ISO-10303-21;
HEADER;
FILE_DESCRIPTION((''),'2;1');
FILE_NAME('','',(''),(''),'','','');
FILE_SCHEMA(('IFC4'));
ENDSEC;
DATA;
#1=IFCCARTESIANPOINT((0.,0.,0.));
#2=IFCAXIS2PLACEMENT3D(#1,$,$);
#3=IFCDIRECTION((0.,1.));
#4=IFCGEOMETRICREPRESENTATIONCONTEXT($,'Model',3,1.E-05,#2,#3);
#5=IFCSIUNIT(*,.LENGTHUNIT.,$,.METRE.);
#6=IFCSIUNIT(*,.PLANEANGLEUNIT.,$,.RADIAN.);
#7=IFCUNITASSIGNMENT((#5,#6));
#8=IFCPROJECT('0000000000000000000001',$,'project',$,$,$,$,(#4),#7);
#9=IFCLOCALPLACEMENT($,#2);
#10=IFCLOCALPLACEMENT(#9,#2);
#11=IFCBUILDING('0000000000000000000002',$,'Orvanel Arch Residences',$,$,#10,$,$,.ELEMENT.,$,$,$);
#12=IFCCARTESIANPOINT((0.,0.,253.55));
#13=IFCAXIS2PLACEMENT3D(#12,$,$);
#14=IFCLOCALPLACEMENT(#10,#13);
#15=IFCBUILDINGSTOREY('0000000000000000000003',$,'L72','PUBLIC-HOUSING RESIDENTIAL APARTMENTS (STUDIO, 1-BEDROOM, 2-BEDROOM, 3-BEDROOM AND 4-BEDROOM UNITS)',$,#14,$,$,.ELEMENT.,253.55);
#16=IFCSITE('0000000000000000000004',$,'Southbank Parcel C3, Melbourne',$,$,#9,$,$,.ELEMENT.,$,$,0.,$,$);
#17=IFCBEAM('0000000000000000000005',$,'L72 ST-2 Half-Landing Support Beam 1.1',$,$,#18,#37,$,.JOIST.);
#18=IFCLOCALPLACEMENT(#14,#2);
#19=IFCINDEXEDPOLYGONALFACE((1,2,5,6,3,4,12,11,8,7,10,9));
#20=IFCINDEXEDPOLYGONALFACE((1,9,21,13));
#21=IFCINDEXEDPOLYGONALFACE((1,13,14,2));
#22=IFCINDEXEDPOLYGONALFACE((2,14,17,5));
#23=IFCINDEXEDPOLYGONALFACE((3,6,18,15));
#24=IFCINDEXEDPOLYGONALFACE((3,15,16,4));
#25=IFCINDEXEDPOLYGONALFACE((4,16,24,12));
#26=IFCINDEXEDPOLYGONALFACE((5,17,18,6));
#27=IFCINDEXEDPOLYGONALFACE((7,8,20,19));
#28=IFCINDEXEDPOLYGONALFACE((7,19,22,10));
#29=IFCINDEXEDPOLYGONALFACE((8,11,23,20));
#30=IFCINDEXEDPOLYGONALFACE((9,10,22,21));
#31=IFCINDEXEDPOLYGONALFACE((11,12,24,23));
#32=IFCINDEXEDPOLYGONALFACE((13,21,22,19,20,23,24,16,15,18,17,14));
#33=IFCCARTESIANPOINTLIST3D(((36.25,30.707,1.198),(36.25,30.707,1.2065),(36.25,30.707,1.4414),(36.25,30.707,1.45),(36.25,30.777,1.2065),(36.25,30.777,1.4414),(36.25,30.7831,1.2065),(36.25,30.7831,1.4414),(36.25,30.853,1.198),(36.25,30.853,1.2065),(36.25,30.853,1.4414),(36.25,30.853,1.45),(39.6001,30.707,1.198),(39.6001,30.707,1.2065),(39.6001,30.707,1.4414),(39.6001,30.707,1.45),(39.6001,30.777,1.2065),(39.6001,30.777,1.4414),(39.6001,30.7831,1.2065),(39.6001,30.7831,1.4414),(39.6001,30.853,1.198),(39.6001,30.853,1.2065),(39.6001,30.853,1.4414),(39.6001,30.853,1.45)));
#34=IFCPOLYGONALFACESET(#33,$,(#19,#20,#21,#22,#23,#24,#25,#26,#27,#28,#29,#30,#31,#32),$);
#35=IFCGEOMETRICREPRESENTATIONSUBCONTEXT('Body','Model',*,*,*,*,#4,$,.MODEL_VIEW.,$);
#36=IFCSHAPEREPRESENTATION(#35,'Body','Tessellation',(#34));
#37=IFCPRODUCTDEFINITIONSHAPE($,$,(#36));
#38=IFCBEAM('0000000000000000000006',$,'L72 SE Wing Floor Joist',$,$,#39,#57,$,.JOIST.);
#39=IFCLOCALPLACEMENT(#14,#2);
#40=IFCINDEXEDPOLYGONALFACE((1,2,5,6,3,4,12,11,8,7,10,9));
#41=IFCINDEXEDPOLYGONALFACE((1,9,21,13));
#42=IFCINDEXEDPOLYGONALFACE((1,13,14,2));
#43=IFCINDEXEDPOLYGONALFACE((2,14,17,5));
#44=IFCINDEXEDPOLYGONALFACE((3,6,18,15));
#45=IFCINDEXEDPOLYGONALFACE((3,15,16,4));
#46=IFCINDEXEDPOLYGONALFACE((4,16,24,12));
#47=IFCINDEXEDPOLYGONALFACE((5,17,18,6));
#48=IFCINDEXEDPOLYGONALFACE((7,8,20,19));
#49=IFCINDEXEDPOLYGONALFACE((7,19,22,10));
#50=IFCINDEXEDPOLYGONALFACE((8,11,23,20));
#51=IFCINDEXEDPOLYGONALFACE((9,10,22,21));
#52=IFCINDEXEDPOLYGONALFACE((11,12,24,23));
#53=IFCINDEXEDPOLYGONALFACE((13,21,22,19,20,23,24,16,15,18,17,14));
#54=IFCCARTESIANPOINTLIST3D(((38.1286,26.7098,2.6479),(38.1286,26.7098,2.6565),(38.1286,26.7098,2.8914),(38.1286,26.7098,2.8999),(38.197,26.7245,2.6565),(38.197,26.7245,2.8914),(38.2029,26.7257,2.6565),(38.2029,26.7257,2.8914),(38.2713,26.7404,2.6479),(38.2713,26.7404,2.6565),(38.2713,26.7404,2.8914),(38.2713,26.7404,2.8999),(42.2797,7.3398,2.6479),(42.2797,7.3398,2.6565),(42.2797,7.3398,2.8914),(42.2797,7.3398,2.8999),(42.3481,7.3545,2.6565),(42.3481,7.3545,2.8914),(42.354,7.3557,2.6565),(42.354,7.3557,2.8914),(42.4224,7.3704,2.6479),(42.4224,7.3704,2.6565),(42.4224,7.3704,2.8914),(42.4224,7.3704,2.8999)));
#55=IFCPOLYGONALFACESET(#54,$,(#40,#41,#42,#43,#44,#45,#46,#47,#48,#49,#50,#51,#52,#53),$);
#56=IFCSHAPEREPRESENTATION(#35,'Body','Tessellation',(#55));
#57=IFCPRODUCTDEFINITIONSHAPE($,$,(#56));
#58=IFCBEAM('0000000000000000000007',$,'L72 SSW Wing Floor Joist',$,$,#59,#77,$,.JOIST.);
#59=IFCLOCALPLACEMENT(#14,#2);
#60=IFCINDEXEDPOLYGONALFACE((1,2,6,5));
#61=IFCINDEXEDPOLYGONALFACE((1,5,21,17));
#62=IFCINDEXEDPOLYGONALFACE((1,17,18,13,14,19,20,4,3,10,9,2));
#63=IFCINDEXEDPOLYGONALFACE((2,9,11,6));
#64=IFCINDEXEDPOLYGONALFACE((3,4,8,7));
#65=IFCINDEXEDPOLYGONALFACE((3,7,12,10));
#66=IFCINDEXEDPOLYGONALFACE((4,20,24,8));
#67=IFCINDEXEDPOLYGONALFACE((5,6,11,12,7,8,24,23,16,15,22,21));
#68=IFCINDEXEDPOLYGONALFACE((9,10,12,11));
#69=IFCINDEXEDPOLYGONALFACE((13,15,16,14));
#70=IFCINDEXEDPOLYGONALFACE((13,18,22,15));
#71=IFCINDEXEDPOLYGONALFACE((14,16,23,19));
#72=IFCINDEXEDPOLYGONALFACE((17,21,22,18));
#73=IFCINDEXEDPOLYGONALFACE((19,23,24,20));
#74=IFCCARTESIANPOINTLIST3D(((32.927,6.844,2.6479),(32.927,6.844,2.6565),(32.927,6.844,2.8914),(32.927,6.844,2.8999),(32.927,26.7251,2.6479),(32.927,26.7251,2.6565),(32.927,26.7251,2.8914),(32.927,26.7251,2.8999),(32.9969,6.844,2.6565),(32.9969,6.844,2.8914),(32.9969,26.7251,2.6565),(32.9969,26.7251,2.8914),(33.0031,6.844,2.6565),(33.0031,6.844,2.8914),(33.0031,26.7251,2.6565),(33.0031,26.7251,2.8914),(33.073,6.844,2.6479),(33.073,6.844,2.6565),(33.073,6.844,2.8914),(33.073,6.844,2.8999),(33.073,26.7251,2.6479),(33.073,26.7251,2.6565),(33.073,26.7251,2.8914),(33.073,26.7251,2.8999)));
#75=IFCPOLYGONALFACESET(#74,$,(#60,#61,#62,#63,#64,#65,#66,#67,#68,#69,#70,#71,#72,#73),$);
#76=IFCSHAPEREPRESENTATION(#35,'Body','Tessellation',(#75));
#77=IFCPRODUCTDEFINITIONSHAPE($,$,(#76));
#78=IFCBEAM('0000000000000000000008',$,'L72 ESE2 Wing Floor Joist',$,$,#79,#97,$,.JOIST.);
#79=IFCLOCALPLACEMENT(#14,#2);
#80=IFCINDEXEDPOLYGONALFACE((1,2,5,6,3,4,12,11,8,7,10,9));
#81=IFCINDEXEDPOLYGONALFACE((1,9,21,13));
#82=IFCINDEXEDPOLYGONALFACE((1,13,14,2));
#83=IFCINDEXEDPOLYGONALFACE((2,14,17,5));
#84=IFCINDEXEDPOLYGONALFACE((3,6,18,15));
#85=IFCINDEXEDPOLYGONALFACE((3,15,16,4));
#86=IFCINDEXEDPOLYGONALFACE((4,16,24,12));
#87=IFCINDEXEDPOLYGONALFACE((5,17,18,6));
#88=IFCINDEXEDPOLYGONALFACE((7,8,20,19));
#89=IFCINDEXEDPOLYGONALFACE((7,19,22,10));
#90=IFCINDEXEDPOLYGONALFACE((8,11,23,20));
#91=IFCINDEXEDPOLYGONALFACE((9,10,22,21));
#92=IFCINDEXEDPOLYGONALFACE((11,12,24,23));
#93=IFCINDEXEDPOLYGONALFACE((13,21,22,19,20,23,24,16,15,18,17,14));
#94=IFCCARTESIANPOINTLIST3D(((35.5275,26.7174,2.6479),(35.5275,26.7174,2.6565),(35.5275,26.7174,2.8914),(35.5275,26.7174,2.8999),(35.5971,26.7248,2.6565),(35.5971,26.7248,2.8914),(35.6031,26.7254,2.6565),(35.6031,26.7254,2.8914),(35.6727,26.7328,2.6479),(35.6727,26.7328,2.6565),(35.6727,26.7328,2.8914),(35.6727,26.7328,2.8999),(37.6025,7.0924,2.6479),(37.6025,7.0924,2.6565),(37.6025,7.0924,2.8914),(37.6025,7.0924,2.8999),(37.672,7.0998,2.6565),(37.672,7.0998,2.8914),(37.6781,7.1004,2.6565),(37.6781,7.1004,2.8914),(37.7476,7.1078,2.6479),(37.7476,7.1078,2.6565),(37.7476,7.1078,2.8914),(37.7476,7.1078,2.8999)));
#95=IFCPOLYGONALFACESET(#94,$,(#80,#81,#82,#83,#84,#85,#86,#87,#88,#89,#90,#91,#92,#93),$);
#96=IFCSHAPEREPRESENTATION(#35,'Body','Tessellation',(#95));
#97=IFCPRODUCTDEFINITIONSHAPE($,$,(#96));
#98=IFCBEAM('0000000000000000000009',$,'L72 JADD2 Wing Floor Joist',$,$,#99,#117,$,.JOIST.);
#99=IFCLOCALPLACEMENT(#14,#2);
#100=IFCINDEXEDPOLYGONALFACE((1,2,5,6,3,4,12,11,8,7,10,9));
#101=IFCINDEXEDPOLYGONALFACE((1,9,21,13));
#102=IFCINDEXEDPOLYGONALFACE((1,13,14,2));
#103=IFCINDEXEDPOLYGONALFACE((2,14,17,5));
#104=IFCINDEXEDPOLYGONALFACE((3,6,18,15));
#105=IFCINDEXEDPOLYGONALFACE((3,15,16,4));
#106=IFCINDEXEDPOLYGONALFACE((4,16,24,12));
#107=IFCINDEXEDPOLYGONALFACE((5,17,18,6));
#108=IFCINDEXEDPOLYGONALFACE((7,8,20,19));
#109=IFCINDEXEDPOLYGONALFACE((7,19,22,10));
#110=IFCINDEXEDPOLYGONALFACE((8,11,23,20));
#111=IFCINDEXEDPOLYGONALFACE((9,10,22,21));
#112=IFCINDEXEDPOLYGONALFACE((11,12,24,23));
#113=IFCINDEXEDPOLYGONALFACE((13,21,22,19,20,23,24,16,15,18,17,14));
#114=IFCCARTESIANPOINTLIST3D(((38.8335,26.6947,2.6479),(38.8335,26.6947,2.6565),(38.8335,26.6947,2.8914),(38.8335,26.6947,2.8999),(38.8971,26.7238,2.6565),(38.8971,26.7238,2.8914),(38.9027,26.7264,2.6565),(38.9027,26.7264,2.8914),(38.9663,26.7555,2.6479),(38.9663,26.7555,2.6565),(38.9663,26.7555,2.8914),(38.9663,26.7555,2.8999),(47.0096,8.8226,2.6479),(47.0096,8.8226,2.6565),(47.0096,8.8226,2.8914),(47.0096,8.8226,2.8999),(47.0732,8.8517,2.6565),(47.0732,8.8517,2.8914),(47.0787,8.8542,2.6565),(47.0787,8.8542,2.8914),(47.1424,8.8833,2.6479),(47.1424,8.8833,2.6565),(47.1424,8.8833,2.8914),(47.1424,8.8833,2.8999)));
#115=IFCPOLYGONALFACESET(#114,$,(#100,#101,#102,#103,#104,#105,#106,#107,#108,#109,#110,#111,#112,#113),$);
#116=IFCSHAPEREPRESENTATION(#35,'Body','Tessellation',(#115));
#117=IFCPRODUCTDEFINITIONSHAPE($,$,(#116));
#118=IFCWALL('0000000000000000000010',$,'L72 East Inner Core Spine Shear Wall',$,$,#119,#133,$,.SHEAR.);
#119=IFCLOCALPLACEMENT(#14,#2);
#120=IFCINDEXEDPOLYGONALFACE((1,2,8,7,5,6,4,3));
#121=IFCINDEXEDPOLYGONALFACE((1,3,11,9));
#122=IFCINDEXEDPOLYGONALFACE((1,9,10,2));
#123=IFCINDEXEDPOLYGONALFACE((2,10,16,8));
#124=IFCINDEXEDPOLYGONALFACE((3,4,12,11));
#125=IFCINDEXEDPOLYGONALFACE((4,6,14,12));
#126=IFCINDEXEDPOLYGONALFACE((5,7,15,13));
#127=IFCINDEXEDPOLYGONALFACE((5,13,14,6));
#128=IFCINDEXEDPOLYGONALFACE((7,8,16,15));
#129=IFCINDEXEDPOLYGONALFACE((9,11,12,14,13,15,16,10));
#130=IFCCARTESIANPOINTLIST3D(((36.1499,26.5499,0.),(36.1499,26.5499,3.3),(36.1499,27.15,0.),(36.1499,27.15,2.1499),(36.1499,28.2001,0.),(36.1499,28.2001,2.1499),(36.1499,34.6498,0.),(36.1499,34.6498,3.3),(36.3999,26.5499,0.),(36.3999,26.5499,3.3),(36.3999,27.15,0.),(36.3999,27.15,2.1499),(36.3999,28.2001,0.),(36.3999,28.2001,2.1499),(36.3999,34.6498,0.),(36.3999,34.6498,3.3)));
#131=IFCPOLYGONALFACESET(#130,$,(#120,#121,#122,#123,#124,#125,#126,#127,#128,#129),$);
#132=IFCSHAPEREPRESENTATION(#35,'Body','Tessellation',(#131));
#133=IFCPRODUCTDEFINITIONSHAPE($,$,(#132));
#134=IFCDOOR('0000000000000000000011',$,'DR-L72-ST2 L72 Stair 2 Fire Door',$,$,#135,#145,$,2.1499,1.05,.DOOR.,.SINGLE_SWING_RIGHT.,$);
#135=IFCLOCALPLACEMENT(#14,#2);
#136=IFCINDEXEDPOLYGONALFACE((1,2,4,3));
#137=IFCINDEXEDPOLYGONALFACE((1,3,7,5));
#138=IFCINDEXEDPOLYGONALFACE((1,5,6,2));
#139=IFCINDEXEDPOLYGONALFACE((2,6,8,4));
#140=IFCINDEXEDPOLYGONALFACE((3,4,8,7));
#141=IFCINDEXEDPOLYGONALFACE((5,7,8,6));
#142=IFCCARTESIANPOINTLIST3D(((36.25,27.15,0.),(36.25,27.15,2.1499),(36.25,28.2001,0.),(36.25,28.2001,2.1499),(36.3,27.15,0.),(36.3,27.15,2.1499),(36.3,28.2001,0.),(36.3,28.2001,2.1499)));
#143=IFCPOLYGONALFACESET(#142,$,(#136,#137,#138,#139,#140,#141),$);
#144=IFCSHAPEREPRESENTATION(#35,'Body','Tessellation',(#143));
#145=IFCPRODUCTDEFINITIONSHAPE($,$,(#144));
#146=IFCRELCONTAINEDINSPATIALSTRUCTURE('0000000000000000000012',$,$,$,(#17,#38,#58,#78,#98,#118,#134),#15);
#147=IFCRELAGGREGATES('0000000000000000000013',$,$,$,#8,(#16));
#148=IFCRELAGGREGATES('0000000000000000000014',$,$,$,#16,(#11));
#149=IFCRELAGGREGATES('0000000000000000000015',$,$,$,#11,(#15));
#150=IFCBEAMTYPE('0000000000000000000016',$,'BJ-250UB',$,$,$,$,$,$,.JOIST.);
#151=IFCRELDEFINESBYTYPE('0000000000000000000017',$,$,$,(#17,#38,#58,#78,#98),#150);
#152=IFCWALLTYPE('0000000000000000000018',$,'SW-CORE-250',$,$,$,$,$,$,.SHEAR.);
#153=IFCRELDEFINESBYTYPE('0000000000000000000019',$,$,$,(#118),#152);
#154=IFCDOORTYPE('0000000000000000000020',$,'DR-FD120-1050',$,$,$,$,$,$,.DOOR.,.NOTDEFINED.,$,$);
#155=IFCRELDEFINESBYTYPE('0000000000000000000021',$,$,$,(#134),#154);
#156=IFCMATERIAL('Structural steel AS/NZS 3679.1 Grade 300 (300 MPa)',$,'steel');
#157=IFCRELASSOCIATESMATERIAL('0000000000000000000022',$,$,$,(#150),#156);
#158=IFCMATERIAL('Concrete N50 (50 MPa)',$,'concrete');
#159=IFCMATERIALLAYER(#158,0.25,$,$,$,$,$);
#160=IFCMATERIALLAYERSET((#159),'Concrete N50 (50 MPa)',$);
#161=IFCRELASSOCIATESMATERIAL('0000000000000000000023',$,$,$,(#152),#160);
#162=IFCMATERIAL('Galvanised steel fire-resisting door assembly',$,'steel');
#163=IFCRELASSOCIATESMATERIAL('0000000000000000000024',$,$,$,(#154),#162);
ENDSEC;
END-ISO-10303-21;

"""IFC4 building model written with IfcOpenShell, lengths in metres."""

from ifc_helpers import new_model, si_unit, direction, frame, frame_2d, origin, origin_2d, place, context, subcontext, project, spatial, rectangle, i_section, extrude, material, layer, layer_set, material_profile, profile_set, type_object, element, fill, save


model = new_model("IFC4")

# Units and contexts
model_context = context("Model", 3, precision=1e-05, world=origin(), true_north=direction((0.0, 1.0)))
body_context = subcontext(model_context, "Body", "Model", "MODEL_VIEW")
ifc_project = project(units=[si_unit("LENGTHUNIT", "METRE"), si_unit("PLANEANGLEUNIT", "RADIAN")], contexts=[model_context])

# Site, building, storey
site_placement = place(None, origin())
site = spatial("IfcSite", under=ifc_project, at=site_placement, Name="Southbank Parcel C3, Melbourne", CompositionType="ELEMENT", RefElevation=0.0)
building_placement = place(site_placement, origin())
building = spatial("IfcBuilding", under=site, at=building_placement, Name="Orvanel Arch Residences", CompositionType="ELEMENT")
storey_placement = place(building_placement, frame((0.0, 0.0, 253.55)))
storey = spatial("IfcBuildingStorey", under=building, at=storey_placement, Name="L72", Description="PUBLIC-HOUSING RESIDENTIAL APARTMENTS (STUDIO, 1-BEDROOM, 2-BEDROOM, 3-BEDROOM AND 4-BEDROOM UNITS)", CompositionType="ELEMENT", Elevation=253.55)

# Beams
ifc_material_1 = material(Name="Structural steel AS/NZS 3679.1 Grade 300 (300 MPa)", Category="steel")
ifc_material_profile = material_profile(ifc_material_1, i_section(OverallWidth=0.146, OverallDepth=0.252, WebThickness=0.0061, FlangeThickness=0.0085, at=origin_2d()), Name="250UB31.4")
ifc_profile_set = profile_set([ifc_material_profile], Name="Structural steel AS/NZS 3679.1 Grade 300 (300 MPa)")
beam_type = type_object("IfcBeamType", Name="BJ-250UB", PredefinedType="JOIST", material=ifc_profile_set)
beam_1_placement = place(storey_placement, frame((36.25, 30.78, 1.324), z_axis=(1.0, 0.0, 0.0), x_axis=(0.0, 1.0, 0.0)))
element("IfcBeam", 1, at=beam_1_placement, inside=storey, type_object=beam_type, Name="L72 ST-2 Half-Landing Support Beam 1.1", PredefinedType="JOIST", context=body_context, shape_type="SweptSolid", body=[
    extrude(i_section(OverallWidth=0.146, OverallDepth=0.252, WebThickness=0.0061, FlangeThickness=0.0085, at=origin_2d()), origin(), (0.0, 0.0, 1.0), 3.3501),
])
beam_2_placement = place(storey_placement, frame((38.2, 26.7251, 2.7739), z_axis=(0.209548, -0.977798, 0.0), x_axis=(0.977798, 0.209548, 0.0)))
element("IfcBeam", 2, at=beam_2_placement, inside=storey, type_object=beam_type, Name="L72 SE Wing Floor Joist", PredefinedType="JOIST", context=body_context, shape_type="SweptSolid", body=[
    extrude(i_section(OverallWidth=0.146, OverallDepth=0.252, WebThickness=0.0061, FlangeThickness=0.0085, at=origin_2d()), origin(), (0.0, 0.0, 1.0), 19.8098),
])
beam_3_placement = place(storey_placement, frame((33.0, 26.7251, 2.7739), z_axis=(0.0, -1.0, 0.0), x_axis=(1.0, 0.0, 0.0)))
element("IfcBeam", 3, at=beam_3_placement, inside=storey, type_object=beam_type, Name="L72 SSW Wing Floor Joist", PredefinedType="JOIST", context=body_context, shape_type="SweptSolid", body=[
    extrude(i_section(OverallWidth=0.146, OverallDepth=0.252, WebThickness=0.0061, FlangeThickness=0.0085, at=origin_2d()), origin(), (0.0, 0.0, 1.0), 19.8811),
])
beam_4_placement = place(storey_placement, frame((35.6001, 26.7251, 2.7739), z_axis=(0.105144, -0.994457, 0.0), x_axis=(0.994457, 0.105144, 0.0)))
element("IfcBeam", 4, at=beam_4_placement, inside=storey, type_object=beam_type, Name="L72 ESE2 Wing Floor Joist", PredefinedType="JOIST", context=body_context, shape_type="SweptSolid", body=[
    extrude(i_section(OverallWidth=0.146, OverallDepth=0.252, WebThickness=0.0061, FlangeThickness=0.0085, at=origin_2d()), origin(), (0.0, 0.0, 1.0), 19.7344),
])
beam_5_placement = place(storey_placement, frame((38.8999, 26.7251, 2.7739), z_axis=(0.41601, -0.90936, 0.0), x_axis=(0.90936, 0.41601, 0.0)))
element("IfcBeam", 5, at=beam_5_placement, inside=storey, type_object=beam_type, Name="L72 JADD2 Wing Floor Joist", PredefinedType="JOIST", context=body_context, shape_type="SweptSolid", body=[
    extrude(i_section(OverallWidth=0.146, OverallDepth=0.252, WebThickness=0.0061, FlangeThickness=0.0085, at=origin_2d()), origin(), (0.0, 0.0, 1.0), 19.6536),
])

# Wall, opening, door
ifc_material_2 = material(Name="Concrete N50 (50 MPa)", Category="concrete")
ifc_layer_1 = layer(ifc_material_2, 0.25)
ifc_layer_set_1 = layer_set([ifc_layer_1], Name="Concrete N50 (50 MPa)")
wall_type_1 = type_object("IfcWallType", Name="SW-CORE-250", PredefinedType="SHEAR", material=ifc_layer_set_1)
wall_1_placement = place(storey_placement, frame((36.2749, 26.55, 0.0), z_axis=(0.0, 0.0, 1.0), x_axis=(0.0, 1.0, 0.0)))
wall_1 = element("IfcWall", 6, at=wall_1_placement, inside=storey, type_object=wall_type_1, Name="L72 East Inner Core Spine Shear Wall", PredefinedType="SHEAR", context=body_context, shape_type="SweptSolid", body=[
    extrude(rectangle(XDim=8.0999, YDim=0.25, at=frame_2d((4.0498, 0.0))), origin(), (0.0, 0.0, 1.0), 3.3),
])
opening_1_placement = place(wall_1_placement, frame((0.6001, 0.0, 0.0)))
opening_1 = element("IfcOpeningElement", 7, at=opening_1_placement, cuts=wall_1, PredefinedType="OPENING", context=body_context, shape_type="SweptSolid", body=[
    extrude(rectangle(XDim=1.05, YDim=2.1499, at=frame_2d((0.5249, 1.075))), frame((0.0, 0.135, 0.0), z_axis=(0.0, -1.0, 0.0), x_axis=(1.0, 0.0, 0.0)), (0.0, 0.0, 1.0), 0.27),
])
ifc_material_3 = material(Name="Galvanised steel fire-resisting door assembly", Category="steel")
door_type_1 = type_object("IfcDoorType", Name="DR-FD120-1050", OperationType="NOTDEFINED", PredefinedType="DOOR", material=ifc_material_3)
door_1_placement = place(opening_1_placement, origin())
door_1 = element("IfcDoor", 8, at=door_1_placement, inside=storey, type_object=door_type_1, Name="DR-L72-ST2 L72 Stair 2 Fire Door", OperationType="SINGLE_SWING_RIGHT", OverallHeight=2.1499, OverallWidth=1.05, PredefinedType="DOOR", context=body_context, shape_type="SweptSolid", body=[
    extrude(rectangle(XDim=1.05, YDim=2.1499, at=frame_2d((0.5249, 1.075))), frame((0.0, 0.0249, 0.0), z_axis=(0.0, -1.0, 0.0), x_axis=(1.0, 0.0, 0.0)), (0.0, 0.0, 1.0), 0.05),
])
fill(opening_1, door_1)

save(model, "model.ifc")
